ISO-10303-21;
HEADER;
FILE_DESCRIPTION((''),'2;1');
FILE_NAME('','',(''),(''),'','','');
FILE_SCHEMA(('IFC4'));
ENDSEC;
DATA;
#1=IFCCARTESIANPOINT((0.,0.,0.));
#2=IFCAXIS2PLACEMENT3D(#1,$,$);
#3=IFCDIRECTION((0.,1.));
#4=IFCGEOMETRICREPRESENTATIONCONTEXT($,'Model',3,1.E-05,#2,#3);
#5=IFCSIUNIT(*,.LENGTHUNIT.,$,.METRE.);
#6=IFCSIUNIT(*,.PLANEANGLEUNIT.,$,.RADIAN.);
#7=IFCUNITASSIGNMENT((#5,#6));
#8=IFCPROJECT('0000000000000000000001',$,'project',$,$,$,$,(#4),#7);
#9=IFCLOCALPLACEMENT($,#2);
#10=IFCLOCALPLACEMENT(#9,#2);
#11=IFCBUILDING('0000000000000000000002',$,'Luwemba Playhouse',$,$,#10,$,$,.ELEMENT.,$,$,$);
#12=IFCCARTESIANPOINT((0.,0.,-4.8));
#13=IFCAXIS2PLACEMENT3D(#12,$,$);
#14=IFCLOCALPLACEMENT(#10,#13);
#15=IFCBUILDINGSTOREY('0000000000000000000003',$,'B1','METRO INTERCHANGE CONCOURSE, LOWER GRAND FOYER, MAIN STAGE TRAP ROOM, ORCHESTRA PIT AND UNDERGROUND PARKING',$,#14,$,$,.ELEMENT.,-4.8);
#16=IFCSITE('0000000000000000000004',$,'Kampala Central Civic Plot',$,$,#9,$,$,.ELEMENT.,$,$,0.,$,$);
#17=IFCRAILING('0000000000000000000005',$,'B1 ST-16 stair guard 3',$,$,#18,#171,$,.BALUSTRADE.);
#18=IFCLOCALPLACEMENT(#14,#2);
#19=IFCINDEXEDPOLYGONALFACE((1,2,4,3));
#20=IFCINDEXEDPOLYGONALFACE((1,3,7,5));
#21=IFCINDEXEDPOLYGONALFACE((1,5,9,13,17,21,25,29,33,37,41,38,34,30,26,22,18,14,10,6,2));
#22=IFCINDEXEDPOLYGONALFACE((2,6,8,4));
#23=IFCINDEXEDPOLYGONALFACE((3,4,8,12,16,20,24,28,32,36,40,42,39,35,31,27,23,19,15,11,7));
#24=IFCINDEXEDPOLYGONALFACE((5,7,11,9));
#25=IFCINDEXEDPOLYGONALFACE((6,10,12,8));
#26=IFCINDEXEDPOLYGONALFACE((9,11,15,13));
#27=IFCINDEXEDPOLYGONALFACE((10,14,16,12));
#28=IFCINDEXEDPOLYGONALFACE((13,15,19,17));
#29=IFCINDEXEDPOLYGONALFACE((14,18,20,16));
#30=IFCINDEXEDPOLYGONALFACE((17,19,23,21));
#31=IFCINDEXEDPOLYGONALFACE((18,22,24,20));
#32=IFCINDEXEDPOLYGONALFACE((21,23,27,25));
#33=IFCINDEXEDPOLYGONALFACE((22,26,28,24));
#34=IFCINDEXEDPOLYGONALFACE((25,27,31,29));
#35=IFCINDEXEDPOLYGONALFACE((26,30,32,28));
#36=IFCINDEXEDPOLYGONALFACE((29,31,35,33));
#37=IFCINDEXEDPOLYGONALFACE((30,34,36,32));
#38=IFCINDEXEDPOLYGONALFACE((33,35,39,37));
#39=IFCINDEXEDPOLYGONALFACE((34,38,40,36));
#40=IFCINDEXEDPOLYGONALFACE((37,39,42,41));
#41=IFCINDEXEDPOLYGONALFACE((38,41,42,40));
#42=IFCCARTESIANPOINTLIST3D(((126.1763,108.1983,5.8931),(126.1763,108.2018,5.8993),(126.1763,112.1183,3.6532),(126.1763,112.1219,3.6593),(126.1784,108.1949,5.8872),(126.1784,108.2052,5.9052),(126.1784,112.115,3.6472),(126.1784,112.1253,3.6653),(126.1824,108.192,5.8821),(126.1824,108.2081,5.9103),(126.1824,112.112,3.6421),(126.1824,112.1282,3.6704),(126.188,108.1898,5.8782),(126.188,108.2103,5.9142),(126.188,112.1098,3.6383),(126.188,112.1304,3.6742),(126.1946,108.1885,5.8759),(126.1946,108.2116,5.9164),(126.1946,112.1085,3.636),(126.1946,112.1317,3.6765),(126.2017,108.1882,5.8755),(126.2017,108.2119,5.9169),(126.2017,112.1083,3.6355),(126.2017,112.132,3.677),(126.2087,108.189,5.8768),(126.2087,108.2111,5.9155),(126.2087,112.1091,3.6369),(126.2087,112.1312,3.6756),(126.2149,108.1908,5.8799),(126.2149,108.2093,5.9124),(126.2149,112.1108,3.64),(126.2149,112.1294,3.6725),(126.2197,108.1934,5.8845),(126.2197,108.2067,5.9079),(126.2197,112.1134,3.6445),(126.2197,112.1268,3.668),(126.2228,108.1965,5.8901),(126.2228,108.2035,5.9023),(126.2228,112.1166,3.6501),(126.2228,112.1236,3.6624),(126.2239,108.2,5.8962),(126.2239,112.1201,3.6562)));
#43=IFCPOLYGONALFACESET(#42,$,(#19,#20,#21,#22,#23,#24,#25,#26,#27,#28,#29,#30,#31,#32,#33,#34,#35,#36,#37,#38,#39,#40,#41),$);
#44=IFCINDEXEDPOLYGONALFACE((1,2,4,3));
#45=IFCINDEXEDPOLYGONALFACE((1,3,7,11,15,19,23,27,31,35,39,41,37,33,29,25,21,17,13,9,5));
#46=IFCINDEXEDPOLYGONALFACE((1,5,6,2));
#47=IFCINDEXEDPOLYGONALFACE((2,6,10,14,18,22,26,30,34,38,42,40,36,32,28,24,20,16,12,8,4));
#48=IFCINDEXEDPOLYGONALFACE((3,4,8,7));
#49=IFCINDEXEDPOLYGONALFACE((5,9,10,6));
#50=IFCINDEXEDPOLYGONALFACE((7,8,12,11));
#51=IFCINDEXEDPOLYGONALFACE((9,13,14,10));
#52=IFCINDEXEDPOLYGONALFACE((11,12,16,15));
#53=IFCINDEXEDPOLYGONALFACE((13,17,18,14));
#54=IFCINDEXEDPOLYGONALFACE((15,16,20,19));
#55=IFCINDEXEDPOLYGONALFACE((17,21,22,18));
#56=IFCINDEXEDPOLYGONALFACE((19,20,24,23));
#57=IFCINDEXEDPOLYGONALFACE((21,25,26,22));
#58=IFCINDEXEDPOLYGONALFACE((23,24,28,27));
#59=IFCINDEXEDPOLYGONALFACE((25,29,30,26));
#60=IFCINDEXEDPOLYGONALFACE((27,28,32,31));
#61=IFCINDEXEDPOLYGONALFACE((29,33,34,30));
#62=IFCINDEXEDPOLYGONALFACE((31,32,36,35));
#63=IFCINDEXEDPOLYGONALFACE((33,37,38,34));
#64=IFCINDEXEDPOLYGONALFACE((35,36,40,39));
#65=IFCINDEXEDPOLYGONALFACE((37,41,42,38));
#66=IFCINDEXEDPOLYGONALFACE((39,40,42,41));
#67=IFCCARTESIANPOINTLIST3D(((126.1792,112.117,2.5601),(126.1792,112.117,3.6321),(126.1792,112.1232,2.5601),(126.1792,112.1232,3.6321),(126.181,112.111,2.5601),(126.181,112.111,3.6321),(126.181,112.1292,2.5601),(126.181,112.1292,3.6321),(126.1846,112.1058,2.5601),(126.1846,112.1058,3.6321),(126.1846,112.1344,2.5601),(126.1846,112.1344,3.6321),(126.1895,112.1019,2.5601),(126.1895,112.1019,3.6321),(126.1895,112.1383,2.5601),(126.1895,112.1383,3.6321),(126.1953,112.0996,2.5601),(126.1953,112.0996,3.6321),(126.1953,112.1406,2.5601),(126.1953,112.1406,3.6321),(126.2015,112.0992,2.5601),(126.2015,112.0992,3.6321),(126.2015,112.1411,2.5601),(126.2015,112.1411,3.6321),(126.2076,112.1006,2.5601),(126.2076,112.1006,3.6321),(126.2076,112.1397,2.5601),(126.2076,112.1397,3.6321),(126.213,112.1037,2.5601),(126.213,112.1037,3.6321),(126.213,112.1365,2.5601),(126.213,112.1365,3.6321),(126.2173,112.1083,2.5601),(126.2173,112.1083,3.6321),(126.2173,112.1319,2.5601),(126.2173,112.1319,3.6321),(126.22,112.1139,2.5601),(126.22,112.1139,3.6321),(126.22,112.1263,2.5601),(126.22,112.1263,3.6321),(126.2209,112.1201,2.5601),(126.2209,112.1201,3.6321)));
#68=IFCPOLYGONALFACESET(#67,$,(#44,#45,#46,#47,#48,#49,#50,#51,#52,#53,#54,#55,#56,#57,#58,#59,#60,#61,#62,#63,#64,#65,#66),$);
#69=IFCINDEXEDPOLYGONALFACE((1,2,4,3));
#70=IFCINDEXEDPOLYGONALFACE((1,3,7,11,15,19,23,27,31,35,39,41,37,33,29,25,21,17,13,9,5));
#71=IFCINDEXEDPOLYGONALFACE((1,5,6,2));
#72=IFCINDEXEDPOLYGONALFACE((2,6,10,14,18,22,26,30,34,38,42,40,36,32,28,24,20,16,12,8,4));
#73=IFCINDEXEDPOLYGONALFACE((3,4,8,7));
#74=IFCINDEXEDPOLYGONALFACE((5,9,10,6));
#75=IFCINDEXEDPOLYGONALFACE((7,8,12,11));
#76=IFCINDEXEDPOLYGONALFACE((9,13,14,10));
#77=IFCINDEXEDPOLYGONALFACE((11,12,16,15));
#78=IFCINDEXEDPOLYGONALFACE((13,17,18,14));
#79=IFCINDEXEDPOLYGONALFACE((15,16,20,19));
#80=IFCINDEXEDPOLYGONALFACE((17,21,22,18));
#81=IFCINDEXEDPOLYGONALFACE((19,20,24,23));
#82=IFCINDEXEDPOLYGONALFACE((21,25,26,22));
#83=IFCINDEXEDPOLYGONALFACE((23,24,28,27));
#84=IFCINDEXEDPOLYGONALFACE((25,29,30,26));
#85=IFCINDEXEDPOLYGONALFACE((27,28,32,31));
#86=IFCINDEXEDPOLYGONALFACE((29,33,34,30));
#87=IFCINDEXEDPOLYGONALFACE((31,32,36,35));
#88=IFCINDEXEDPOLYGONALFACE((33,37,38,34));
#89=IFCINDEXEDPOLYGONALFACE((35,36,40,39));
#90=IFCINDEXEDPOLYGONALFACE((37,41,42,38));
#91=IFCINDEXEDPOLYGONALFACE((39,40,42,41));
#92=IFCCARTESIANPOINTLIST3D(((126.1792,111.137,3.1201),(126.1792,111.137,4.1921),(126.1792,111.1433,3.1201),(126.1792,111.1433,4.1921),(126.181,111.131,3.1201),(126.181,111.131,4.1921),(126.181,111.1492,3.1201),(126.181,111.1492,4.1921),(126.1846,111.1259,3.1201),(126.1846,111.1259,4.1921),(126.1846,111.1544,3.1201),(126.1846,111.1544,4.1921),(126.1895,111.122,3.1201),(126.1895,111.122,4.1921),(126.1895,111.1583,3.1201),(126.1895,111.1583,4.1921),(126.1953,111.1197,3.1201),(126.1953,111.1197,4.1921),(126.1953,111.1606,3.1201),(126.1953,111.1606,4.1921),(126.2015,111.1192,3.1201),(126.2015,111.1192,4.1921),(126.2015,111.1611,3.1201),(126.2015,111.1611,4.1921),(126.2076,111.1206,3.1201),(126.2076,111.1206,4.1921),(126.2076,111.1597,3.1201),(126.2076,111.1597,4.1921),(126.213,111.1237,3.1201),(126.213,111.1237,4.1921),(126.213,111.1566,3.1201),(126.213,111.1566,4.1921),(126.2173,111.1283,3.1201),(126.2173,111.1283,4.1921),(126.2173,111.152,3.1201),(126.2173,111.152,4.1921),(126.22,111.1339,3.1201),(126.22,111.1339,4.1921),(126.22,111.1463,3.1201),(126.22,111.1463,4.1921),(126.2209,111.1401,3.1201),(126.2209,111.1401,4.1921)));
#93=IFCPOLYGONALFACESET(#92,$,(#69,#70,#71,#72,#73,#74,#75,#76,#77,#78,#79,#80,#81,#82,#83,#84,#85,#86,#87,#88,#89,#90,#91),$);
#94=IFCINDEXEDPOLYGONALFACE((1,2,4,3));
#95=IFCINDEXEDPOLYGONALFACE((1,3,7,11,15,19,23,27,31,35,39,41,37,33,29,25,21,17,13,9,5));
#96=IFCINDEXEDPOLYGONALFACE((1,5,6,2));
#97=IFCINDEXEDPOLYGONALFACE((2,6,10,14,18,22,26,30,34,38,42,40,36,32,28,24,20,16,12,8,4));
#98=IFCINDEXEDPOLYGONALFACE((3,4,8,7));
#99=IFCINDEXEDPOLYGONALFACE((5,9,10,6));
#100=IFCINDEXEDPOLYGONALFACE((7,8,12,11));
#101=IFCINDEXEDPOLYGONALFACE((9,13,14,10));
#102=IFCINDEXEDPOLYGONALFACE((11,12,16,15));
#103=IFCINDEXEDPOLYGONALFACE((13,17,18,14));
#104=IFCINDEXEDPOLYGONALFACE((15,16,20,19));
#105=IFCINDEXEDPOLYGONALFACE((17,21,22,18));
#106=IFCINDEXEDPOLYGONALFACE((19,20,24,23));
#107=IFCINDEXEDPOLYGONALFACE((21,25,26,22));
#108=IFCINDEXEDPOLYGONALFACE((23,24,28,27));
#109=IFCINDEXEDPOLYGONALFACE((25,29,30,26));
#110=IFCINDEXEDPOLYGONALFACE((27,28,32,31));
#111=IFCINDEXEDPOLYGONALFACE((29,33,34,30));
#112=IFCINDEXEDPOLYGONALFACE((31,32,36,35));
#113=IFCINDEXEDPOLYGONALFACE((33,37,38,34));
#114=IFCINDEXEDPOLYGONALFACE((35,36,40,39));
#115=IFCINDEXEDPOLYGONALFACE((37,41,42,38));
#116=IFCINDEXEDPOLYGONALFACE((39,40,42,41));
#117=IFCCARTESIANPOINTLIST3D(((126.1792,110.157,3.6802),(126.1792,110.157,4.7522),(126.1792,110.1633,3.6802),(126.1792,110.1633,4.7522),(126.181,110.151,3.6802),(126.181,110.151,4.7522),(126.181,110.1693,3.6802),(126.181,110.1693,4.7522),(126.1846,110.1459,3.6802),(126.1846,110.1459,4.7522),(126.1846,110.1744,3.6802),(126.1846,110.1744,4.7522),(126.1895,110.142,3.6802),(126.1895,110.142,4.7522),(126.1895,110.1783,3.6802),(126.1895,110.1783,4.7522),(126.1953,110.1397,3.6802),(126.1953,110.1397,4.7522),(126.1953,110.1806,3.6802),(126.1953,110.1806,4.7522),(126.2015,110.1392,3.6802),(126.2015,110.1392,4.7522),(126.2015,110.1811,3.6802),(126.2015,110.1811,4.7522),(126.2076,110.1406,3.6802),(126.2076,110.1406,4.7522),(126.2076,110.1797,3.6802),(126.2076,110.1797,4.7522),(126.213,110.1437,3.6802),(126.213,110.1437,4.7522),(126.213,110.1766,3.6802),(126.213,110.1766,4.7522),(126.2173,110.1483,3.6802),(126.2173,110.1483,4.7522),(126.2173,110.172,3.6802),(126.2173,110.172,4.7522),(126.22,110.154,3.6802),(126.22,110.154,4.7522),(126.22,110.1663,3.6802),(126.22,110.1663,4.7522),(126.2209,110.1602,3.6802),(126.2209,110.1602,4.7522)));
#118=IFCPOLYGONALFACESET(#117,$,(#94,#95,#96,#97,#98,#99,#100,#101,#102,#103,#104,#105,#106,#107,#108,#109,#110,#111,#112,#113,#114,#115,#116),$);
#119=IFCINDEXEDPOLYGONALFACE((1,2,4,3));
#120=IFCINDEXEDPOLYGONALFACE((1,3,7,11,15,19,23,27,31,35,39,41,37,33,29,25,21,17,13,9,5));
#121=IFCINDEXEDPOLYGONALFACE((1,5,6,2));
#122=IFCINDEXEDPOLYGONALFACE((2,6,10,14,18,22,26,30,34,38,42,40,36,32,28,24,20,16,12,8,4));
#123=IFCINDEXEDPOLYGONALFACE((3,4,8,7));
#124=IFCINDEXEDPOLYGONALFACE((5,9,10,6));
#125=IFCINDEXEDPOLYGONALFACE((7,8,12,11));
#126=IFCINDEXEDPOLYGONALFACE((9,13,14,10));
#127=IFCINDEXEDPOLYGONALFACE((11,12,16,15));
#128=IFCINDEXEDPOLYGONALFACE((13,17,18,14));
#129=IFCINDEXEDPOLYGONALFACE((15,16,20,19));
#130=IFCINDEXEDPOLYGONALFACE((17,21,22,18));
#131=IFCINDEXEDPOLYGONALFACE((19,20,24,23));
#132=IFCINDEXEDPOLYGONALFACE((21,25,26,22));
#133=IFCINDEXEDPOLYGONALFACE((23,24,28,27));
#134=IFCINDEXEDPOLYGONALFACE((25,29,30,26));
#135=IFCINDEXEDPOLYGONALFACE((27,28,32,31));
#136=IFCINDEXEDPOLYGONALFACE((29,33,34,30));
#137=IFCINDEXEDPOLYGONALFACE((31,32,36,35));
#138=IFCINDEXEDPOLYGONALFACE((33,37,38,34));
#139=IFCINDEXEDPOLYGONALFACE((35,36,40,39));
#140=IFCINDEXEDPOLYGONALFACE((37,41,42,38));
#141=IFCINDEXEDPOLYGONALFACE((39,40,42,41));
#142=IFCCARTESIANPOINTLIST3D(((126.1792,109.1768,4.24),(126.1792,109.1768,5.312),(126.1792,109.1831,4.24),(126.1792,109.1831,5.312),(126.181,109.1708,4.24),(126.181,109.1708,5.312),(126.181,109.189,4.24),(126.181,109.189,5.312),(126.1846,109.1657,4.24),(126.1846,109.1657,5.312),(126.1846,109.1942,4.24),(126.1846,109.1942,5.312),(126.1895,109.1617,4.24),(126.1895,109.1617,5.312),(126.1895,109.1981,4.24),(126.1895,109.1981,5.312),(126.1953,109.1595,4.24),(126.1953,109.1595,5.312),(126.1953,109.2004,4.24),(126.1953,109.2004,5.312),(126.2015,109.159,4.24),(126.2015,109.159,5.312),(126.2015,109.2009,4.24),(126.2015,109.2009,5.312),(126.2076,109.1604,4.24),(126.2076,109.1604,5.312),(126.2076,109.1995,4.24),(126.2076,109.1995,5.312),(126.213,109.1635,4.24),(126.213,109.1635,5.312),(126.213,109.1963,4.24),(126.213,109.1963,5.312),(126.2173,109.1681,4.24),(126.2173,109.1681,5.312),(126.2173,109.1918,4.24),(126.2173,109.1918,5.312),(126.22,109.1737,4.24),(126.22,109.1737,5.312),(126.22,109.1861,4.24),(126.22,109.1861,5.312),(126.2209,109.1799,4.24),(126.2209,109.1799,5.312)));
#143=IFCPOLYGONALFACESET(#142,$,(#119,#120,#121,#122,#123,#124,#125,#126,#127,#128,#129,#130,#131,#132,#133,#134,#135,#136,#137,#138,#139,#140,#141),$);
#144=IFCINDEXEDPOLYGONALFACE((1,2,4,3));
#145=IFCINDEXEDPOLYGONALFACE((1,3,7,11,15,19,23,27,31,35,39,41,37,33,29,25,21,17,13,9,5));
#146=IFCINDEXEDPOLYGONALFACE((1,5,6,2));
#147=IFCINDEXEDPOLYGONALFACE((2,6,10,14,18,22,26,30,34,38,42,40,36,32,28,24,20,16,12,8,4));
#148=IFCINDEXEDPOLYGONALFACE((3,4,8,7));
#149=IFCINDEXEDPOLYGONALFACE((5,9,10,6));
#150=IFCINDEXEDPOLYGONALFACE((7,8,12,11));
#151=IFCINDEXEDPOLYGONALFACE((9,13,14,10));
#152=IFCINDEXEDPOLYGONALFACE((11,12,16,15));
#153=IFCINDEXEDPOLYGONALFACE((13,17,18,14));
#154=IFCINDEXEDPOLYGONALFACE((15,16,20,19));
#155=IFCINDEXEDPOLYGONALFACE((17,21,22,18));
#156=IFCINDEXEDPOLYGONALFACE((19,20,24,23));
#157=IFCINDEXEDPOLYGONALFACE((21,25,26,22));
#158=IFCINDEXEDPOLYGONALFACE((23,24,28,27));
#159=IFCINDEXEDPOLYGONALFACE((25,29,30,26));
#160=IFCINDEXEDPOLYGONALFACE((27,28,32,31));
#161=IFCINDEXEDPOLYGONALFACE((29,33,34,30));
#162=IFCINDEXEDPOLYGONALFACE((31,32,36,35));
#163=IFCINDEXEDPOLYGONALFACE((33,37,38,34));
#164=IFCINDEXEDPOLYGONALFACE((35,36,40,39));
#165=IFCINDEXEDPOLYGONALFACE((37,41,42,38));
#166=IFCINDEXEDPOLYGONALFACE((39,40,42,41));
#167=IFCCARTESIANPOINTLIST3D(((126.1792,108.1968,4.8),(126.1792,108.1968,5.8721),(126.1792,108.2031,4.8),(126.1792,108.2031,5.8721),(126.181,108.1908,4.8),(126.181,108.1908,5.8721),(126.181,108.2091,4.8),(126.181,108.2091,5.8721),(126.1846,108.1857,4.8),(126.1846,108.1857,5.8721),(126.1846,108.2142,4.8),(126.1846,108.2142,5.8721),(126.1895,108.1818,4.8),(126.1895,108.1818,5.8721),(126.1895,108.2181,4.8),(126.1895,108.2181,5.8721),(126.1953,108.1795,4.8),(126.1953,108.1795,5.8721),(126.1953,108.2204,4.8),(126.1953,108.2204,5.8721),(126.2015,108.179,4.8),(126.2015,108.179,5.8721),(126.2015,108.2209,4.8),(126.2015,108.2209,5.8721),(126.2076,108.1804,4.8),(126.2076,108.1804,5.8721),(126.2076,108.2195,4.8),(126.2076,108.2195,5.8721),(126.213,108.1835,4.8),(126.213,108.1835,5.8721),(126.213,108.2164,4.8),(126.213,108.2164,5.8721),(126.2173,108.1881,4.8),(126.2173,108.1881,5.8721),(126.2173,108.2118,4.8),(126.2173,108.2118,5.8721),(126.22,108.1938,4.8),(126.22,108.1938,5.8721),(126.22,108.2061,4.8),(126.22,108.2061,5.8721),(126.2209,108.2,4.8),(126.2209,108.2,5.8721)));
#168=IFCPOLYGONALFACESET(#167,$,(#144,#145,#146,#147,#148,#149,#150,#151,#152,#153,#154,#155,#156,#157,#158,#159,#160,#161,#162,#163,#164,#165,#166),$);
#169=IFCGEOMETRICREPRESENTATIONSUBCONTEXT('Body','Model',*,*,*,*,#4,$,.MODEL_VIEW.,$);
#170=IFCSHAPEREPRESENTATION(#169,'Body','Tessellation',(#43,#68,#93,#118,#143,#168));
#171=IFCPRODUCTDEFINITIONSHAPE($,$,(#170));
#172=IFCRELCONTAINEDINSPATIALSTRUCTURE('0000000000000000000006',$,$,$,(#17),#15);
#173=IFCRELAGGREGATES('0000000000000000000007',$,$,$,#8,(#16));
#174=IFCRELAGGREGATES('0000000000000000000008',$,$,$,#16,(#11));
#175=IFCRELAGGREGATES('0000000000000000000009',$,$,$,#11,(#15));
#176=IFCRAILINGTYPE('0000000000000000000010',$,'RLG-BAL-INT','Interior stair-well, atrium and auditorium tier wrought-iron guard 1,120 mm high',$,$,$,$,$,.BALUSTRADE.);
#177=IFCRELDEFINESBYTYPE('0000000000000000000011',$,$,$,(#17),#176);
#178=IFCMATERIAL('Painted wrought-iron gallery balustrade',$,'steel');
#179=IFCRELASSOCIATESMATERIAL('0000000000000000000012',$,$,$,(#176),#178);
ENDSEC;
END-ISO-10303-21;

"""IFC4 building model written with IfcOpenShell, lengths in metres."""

from ifc_helpers import new_model, si_unit, direction, frame, origin, origin_2d, place, context, subcontext, project, spatial, circle, extrude, material, type_object, element, save


model = new_model("IFC4")

# Units and contexts
model_context = context("Model", 3, precision=1e-05, world=origin(), true_north=direction((0.0, 1.0)))
body_context = subcontext(model_context, "Body", "Model", "MODEL_VIEW")
ifc_project = project(units=[si_unit("LENGTHUNIT", "METRE"), si_unit("PLANEANGLEUNIT", "RADIAN")], contexts=[model_context])

# Site, building, storey
site_placement = place(None, origin())
site = spatial("IfcSite", under=ifc_project, at=site_placement, Name="Kampala Central Civic Plot", CompositionType="ELEMENT", RefElevation=0.0)
building_placement = place(site_placement, origin())
building = spatial("IfcBuilding", under=site, at=building_placement, Name="Luwemba Playhouse", CompositionType="ELEMENT")
storey_placement = place(building_placement, frame((0.0, 0.0, -4.8)))
storey = spatial("IfcBuildingStorey", under=building, at=storey_placement, Name="B1", Description="METRO INTERCHANGE CONCOURSE, LOWER GRAND FOYER, MAIN STAGE TRAP ROOM, ORCHESTRA PIT AND UNDERGROUND PARKING", CompositionType="ELEMENT", Elevation=-4.8)

# Railing
ifc_material_1 = material(Name="Painted wrought-iron gallery balustrade", Category="steel")
railing_type_1 = type_object("IfcRailingType", Name="RLG-BAL-INT", Description="Interior stair-well, atrium and auditorium tier wrought-iron guard 1,120 mm high", PredefinedType="BALUSTRADE", material=ifc_material_1)
railing_1_placement = place(storey_placement, frame((126.2, 112.1201, 2.5601)))
element("IfcRailing", 1, at=railing_1_placement, inside=storey, type_object=railing_type_1, Name="B1 ST-16 stair guard 3", PredefinedType="BALUSTRADE", context=body_context, shape_type="SweptSolid", body=[
    extrude(circle(Radius=0.0239, at=origin_2d()), frame((0.0, 0.0, 1.0962), z_axis=(0.0, -0.868253, 0.496121), x_axis=(1.0, 0.0, 0.0)), (0.0, 0.0, 1.0), 4.5149),
    extrude(circle(Radius=0.021, at=origin_2d()), origin(), (0.0, 0.0, 1.0), 1.072),
    extrude(circle(Radius=0.021, at=origin_2d()), frame((0.0, -0.98, 0.5601)), (0.0, 0.0, 1.0), 1.072),
    extrude(circle(Radius=0.021, at=origin_2d()), frame((0.0, -1.96, 1.1201)), (0.0, 0.0, 1.0), 1.072),
    extrude(circle(Radius=0.021, at=origin_2d()), frame((0.0, -2.9402, 1.6799)), (0.0, 0.0, 1.0), 1.072),
    extrude(circle(Radius=0.021, at=origin_2d()), frame((0.0, -3.9202, 2.24)), (0.0, 0.0, 1.0), 1.072),
])

save(model, "model.ifc")
